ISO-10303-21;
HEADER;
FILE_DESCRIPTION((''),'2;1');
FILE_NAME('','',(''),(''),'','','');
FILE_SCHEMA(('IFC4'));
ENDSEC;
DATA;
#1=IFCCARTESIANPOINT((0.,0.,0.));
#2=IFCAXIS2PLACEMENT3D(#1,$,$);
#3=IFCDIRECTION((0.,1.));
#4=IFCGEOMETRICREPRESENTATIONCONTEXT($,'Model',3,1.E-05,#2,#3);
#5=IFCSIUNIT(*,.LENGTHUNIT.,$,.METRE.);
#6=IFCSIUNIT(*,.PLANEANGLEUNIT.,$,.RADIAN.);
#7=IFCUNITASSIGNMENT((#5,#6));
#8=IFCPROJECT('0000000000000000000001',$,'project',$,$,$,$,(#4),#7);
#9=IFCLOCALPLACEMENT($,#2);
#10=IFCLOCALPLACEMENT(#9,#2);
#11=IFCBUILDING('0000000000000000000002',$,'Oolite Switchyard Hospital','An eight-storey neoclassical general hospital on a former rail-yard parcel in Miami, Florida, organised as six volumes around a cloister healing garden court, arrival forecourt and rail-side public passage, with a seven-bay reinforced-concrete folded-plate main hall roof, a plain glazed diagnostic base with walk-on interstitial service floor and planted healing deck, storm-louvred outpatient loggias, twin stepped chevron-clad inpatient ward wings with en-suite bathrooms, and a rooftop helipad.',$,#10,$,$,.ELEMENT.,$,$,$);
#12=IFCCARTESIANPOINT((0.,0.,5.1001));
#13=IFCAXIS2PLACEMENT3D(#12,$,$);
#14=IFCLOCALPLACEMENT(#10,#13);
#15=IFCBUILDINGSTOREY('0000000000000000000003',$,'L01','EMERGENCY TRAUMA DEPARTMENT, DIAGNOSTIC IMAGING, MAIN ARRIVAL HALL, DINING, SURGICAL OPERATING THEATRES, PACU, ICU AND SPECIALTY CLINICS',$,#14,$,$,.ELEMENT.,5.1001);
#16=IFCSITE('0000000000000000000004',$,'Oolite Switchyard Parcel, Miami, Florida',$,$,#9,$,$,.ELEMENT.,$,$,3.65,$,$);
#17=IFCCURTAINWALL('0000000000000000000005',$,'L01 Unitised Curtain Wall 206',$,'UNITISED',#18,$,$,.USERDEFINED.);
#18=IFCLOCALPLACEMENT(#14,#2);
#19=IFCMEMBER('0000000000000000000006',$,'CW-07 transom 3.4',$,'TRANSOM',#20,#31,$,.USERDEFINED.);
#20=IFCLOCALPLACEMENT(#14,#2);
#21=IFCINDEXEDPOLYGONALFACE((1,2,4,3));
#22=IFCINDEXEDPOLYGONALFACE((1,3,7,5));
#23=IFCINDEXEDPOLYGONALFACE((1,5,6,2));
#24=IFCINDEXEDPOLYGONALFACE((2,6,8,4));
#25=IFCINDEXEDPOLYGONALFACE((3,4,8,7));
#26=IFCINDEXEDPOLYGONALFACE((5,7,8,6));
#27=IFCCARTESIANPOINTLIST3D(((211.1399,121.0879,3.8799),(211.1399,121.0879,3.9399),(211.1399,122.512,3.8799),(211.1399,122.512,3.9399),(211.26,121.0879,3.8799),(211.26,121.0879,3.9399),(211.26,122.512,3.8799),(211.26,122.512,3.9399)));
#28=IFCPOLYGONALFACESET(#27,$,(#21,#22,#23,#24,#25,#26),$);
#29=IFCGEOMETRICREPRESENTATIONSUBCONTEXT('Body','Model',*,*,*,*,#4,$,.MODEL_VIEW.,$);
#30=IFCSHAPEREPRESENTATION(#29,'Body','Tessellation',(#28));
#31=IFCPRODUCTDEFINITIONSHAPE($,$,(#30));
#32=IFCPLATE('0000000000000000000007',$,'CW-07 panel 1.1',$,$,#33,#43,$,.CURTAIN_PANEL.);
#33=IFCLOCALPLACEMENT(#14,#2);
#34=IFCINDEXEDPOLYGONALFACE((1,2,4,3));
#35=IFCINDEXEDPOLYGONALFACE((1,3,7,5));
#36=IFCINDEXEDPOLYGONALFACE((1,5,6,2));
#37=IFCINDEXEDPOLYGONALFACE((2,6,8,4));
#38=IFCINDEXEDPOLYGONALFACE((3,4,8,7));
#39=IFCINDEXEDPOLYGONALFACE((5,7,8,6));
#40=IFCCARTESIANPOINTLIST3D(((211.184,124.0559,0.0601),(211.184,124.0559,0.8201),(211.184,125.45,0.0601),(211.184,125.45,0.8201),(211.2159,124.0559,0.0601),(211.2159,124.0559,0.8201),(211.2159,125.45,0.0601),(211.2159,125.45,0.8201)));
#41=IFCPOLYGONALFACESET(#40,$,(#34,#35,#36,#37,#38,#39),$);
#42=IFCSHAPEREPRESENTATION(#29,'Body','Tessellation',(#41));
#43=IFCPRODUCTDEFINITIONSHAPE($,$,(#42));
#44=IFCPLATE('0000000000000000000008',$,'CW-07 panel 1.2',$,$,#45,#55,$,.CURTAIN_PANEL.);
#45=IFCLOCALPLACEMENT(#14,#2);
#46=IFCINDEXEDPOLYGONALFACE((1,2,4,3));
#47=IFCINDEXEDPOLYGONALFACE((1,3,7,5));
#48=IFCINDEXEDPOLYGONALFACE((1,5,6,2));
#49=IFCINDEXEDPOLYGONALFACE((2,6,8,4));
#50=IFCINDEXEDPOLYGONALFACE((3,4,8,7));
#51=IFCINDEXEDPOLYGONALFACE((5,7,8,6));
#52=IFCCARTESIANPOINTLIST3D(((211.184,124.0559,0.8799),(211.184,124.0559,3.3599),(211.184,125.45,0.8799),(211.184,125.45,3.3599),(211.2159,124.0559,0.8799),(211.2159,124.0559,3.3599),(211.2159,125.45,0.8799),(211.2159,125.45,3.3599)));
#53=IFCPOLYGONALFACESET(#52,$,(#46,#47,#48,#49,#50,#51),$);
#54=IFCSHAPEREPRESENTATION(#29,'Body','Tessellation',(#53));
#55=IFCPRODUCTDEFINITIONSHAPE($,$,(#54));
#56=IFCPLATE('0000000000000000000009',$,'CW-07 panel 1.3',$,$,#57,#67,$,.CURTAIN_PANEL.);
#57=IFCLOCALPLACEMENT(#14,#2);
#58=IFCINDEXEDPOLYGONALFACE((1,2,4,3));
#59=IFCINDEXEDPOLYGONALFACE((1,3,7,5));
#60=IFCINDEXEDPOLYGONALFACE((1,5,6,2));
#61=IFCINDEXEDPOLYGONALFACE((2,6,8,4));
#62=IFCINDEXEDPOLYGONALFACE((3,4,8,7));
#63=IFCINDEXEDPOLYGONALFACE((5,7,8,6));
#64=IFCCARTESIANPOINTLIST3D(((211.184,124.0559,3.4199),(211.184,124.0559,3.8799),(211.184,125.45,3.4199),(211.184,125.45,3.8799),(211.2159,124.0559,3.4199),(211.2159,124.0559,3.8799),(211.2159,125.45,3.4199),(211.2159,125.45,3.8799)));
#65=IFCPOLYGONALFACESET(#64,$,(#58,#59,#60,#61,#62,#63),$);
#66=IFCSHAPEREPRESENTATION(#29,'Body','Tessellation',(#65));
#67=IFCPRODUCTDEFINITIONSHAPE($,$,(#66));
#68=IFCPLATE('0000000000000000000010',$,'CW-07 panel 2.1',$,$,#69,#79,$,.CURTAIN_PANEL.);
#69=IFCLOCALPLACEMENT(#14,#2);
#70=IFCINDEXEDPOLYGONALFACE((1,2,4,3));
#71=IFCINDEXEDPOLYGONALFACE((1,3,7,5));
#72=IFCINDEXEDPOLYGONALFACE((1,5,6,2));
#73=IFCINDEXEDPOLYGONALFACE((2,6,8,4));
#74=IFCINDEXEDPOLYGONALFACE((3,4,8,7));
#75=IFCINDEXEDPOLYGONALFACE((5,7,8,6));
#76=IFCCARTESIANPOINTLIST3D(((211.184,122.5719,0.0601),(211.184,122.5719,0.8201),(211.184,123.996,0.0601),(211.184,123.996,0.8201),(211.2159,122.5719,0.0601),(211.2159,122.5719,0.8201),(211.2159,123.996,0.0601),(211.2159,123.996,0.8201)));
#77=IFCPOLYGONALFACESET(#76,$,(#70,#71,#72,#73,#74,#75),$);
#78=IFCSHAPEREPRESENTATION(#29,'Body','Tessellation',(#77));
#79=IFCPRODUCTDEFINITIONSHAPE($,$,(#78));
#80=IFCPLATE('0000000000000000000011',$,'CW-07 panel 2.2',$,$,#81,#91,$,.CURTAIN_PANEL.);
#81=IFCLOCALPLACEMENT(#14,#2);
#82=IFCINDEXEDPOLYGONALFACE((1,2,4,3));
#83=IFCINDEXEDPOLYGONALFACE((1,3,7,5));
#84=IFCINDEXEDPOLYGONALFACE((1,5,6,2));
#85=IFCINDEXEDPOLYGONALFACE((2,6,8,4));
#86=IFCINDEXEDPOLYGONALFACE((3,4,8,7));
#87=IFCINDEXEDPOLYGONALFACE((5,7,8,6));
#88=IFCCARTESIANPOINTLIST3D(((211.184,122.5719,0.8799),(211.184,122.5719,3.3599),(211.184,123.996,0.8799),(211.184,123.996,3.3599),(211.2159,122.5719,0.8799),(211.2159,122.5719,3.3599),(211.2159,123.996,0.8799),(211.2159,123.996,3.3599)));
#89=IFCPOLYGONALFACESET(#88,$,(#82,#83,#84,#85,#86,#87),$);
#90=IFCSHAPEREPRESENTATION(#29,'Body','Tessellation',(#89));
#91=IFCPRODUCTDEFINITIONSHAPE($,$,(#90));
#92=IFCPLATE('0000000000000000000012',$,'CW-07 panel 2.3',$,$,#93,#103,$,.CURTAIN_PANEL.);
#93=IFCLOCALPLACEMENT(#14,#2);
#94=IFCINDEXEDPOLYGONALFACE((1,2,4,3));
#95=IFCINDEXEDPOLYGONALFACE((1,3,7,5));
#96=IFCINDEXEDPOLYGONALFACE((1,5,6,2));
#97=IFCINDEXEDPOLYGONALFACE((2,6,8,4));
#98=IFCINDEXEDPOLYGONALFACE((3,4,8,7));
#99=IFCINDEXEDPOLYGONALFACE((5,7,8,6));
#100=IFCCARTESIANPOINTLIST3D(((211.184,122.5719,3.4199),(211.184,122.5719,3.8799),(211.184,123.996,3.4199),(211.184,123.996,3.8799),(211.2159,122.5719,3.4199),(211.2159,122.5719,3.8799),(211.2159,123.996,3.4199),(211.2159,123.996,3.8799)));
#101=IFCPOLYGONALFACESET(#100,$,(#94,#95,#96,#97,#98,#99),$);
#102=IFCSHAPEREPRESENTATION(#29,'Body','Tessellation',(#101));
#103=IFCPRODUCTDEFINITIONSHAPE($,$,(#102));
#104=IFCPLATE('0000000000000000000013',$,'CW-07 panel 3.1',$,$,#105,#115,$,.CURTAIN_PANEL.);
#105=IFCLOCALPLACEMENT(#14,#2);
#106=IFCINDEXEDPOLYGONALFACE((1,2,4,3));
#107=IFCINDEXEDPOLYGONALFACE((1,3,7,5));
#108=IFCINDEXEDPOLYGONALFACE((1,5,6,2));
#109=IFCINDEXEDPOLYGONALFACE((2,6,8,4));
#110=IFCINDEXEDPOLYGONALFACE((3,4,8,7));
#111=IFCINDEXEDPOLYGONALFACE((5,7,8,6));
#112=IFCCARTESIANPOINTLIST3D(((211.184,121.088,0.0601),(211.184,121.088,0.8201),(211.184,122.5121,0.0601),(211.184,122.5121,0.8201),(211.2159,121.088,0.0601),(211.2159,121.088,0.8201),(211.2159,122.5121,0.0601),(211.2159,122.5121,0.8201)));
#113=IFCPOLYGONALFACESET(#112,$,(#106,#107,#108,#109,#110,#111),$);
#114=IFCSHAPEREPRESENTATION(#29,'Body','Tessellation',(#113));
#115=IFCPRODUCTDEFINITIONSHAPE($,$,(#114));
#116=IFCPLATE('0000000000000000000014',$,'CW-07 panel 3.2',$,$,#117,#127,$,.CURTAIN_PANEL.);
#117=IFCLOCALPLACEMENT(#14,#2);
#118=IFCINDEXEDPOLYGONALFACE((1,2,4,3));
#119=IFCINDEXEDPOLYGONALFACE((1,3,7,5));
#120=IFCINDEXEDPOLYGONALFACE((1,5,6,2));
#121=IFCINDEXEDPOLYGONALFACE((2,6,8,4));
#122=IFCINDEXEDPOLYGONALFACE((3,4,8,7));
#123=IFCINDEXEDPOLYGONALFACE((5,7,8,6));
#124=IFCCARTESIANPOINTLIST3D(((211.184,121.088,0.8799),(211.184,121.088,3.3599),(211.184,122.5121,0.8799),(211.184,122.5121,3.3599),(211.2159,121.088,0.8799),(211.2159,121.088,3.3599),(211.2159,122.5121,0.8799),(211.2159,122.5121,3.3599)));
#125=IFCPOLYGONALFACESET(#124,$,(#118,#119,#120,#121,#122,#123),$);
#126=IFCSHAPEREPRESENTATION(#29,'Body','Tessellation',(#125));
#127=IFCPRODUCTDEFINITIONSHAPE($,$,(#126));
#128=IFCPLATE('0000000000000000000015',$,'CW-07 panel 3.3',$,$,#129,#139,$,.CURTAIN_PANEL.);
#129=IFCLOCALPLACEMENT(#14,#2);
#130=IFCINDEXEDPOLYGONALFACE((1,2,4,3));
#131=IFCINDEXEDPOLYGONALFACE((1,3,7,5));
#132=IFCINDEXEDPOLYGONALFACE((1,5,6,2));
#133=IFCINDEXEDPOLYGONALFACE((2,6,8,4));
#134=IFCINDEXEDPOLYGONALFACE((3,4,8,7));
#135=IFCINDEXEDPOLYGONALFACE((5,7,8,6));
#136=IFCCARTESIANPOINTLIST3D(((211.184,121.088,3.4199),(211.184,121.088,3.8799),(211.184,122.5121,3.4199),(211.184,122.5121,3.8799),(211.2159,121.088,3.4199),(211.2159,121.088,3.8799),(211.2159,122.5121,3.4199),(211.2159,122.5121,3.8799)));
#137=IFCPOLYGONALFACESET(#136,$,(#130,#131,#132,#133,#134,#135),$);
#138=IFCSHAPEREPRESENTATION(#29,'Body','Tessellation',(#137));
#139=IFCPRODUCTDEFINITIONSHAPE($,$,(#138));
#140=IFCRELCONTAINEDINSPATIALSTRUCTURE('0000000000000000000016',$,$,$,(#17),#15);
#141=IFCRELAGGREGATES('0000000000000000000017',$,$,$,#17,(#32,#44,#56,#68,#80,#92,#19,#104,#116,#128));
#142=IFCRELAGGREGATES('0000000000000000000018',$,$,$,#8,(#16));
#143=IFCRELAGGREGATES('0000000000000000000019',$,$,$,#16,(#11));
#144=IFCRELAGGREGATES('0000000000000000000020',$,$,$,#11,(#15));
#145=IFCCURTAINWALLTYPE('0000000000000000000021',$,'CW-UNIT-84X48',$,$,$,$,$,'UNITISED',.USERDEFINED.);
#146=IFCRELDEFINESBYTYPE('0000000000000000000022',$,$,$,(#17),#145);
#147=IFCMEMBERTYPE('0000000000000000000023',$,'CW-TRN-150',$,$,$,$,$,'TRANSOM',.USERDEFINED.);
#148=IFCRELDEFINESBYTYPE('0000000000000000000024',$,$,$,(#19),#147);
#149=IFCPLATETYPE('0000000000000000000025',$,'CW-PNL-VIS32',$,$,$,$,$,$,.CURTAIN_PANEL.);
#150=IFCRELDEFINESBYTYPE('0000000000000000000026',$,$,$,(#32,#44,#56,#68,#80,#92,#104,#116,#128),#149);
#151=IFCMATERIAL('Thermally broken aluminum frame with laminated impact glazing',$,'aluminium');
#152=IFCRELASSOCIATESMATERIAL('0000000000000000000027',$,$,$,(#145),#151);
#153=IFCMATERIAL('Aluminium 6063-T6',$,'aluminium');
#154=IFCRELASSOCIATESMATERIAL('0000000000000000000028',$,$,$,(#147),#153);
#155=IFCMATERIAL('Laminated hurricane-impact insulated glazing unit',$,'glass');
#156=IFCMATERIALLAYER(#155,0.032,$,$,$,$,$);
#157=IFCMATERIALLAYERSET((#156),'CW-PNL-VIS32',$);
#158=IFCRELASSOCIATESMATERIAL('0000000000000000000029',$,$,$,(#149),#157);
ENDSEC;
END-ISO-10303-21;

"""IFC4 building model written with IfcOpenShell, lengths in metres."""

from ifc_helpers import new_model, si_unit, direction, frame, origin, origin_2d, place, context, subcontext, project, spatial, rectangle, extrude, material, layer, layer_set, material_profile, profile_set, type_object, element, aggregate, save


model = new_model("IFC4")

# Units and contexts
model_context = context("Model", 3, precision=1e-05, world=origin(), true_north=direction((0.0, 1.0)))
body_context = subcontext(model_context, "Body", "Model", "MODEL_VIEW")
ifc_project = project(units=[si_unit("LENGTHUNIT", "METRE"), si_unit("PLANEANGLEUNIT", "RADIAN")], contexts=[model_context])

# Site, building, storey
site_placement = place(None, origin())
site = spatial("IfcSite", under=ifc_project, at=site_placement, Name="Oolite Switchyard Parcel, Miami, Florida", CompositionType="ELEMENT", RefElevation=3.65)
building_placement = place(site_placement, origin())
building = spatial("IfcBuilding", under=site, at=building_placement, Name="Oolite Switchyard Hospital", Description="An eight-storey neoclassical general hospital on a former rail-yard parcel in Miami, Florida, organised as six volumes around a cloister healing garden court, arrival forecourt and rail-side public passage, with a seven-bay reinforced-concrete folded-plate main hall roof, a plain glazed diagnostic base with walk-on interstitial service floor and planted healing deck, storm-louvred outpatient loggias, twin stepped chevron-clad inpatient ward wings with en-suite bathrooms, and a rooftop helipad.", CompositionType="ELEMENT")
storey_placement = place(building_placement, frame((0.0, 0.0, 5.1001)))
storey = spatial("IfcBuildingStorey", under=building, at=storey_placement, Name="L01", Description="EMERGENCY TRAUMA DEPARTMENT, DIAGNOSTIC IMAGING, MAIN ARRIVAL HALL, DINING, SURGICAL OPERATING THEATRES, PACU, ICU AND SPECIALTY CLINICS", CompositionType="ELEMENT", Elevation=5.1001)

# Curtain wall, member, plates
ifc_material_1 = material(Name="Thermally broken aluminum frame with laminated impact glazing", Category="aluminium")
curtain_wall_type = type_object("IfcCurtainWallType", Name="CW-UNIT-84X48", ElementType="UNITISED", PredefinedType="USERDEFINED", material=ifc_material_1)
curtain_wall_placement = place(storey_placement, origin())
curtain_wall = element("IfcCurtainWall", 1, at=curtain_wall_placement, inside=storey, type_object=curtain_wall_type, Name="L01 Unitised Curtain Wall 206", ObjectType="UNITISED", PredefinedType="USERDEFINED")
ifc_material_2 = material(Name="Aluminium 6063-T6", Category="aluminium")
ifc_material_profile_1 = material_profile(ifc_material_2, rectangle(XDim=0.1201, YDim=0.0601, at=origin_2d()), Name="CWT60X120")
ifc_profile_set_1 = profile_set([ifc_material_profile_1], Name="Aluminium 6063-T6")
member_type_1 = type_object("IfcMemberType", Name="CW-TRN-150", ElementType="TRANSOM", PredefinedType="USERDEFINED", material=ifc_profile_set_1)
member_1_placement = place(storey_placement, frame((211.2, 122.512, 3.9099), z_axis=(0.0, -1.0, 0.0), x_axis=(1.0, 0.0, 0.0)))
member_1 = element("IfcMember", 2, at=member_1_placement, type_object=member_type_1, Name="CW-07 transom 3.4", ObjectType="TRANSOM", PredefinedType="USERDEFINED", context=body_context, shape_type="SweptSolid", body=[
    extrude(rectangle(XDim=0.1201, YDim=0.0601, at=origin_2d()), origin(), (0.0, 0.0, 1.0), 1.4241),
])
ifc_material_3 = material(Name="Laminated hurricane-impact insulated glazing unit", Category="glass")
ifc_layer = layer(ifc_material_3, 0.032)
ifc_layer_set = layer_set([ifc_layer], Name="CW-PNL-VIS32")
plate_type = type_object("IfcPlateType", Name="CW-PNL-VIS32", PredefinedType="CURTAIN_PANEL", material=ifc_layer_set)
plate_1_placement = place(storey_placement, frame((211.2, 124.7529, 0.0601), z_axis=(0.0, 0.0, 1.0), x_axis=(0.0, -1.0, 0.0)))
plate_1 = element("IfcPlate", 3, at=plate_1_placement, type_object=plate_type, Name="CW-07 panel 1.1", PredefinedType="CURTAIN_PANEL", context=body_context, shape_type="SweptSolid", body=[
    extrude(rectangle(XDim=1.394, YDim=0.032, at=origin_2d()), origin(), (0.0, 0.0, 1.0), 0.76),
])
plate_2_placement = place(storey_placement, frame((211.2, 124.7529, 0.8799), z_axis=(0.0, 0.0, 1.0), x_axis=(0.0, -1.0, 0.0)))
plate_2 = element("IfcPlate", 4, at=plate_2_placement, type_object=plate_type, Name="CW-07 panel 1.2", PredefinedType="CURTAIN_PANEL", context=body_context, shape_type="SweptSolid", body=[
    extrude(rectangle(XDim=1.394, YDim=0.032, at=origin_2d()), origin(), (0.0, 0.0, 1.0), 2.48),
])
plate_3_placement = place(storey_placement, frame((211.2, 124.7529, 3.4199), z_axis=(0.0, 0.0, 1.0), x_axis=(0.0, -1.0, 0.0)))
plate_3 = element("IfcPlate", 5, at=plate_3_placement, type_object=plate_type, Name="CW-07 panel 1.3", PredefinedType="CURTAIN_PANEL", context=body_context, shape_type="SweptSolid", body=[
    extrude(rectangle(XDim=1.394, YDim=0.032, at=origin_2d()), origin(), (0.0, 0.0, 1.0), 0.46),
])
plate_4_placement = place(storey_placement, frame((211.2, 123.2839, 0.0601), z_axis=(0.0, 0.0, 1.0), x_axis=(0.0, -1.0, 0.0)))
plate_4 = element("IfcPlate", 6, at=plate_4_placement, type_object=plate_type, Name="CW-07 panel 2.1", PredefinedType="CURTAIN_PANEL", context=body_context, shape_type="SweptSolid", body=[
    extrude(rectangle(XDim=1.4241, YDim=0.032, at=origin_2d()), origin(), (0.0, 0.0, 1.0), 0.76),
])
plate_5_placement = place(storey_placement, frame((211.2, 123.2839, 0.8799), z_axis=(0.0, 0.0, 1.0), x_axis=(0.0, -1.0, 0.0)))
plate_5 = element("IfcPlate", 7, at=plate_5_placement, type_object=plate_type, Name="CW-07 panel 2.2", PredefinedType="CURTAIN_PANEL", context=body_context, shape_type="SweptSolid", body=[
    extrude(rectangle(XDim=1.4241, YDim=0.032, at=origin_2d()), origin(), (0.0, 0.0, 1.0), 2.48),
])
plate_6_placement = place(storey_placement, frame((211.2, 123.2839, 3.4199), z_axis=(0.0, 0.0, 1.0), x_axis=(0.0, -1.0, 0.0)))
plate_6 = element("IfcPlate", 8, at=plate_6_placement, type_object=plate_type, Name="CW-07 panel 2.3", PredefinedType="CURTAIN_PANEL", context=body_context, shape_type="SweptSolid", body=[
    extrude(rectangle(XDim=1.4241, YDim=0.032, at=origin_2d()), origin(), (0.0, 0.0, 1.0), 0.46),
])
plate_7_placement = place(storey_placement, frame((211.2, 121.8, 0.0601), z_axis=(0.0, 0.0, 1.0), x_axis=(0.0, -1.0, 0.0)))
plate_7 = element("IfcPlate", 9, at=plate_7_placement, type_object=plate_type, Name="CW-07 panel 3.1", PredefinedType="CURTAIN_PANEL", context=body_context, shape_type="SweptSolid", body=[
    extrude(rectangle(XDim=1.4241, YDim=0.032, at=origin_2d()), origin(), (0.0, 0.0, 1.0), 0.76),
])
plate_8_placement = place(storey_placement, frame((211.2, 121.8, 0.8799), z_axis=(0.0, 0.0, 1.0), x_axis=(0.0, -1.0, 0.0)))
plate_8 = element("IfcPlate", 10, at=plate_8_placement, type_object=plate_type, Name="CW-07 panel 3.2", PredefinedType="CURTAIN_PANEL", context=body_context, shape_type="SweptSolid", body=[
    extrude(rectangle(XDim=1.4241, YDim=0.032, at=origin_2d()), origin(), (0.0, 0.0, 1.0), 2.48),
])
plate_9_placement = place(storey_placement, frame((211.2, 121.8, 3.4199), z_axis=(0.0, 0.0, 1.0), x_axis=(0.0, -1.0, 0.0)))
plate_9 = element("IfcPlate", 11, at=plate_9_placement, type_object=plate_type, Name="CW-07 panel 3.3", PredefinedType="CURTAIN_PANEL", context=body_context, shape_type="SweptSolid", body=[
    extrude(rectangle(XDim=1.4241, YDim=0.032, at=origin_2d()), origin(), (0.0, 0.0, 1.0), 0.46),
])
aggregate(curtain_wall, [plate_1, plate_2, plate_3, plate_4, plate_5, plate_6, member_1, plate_7, plate_8, plate_9])

save(model, "model.ifc")
